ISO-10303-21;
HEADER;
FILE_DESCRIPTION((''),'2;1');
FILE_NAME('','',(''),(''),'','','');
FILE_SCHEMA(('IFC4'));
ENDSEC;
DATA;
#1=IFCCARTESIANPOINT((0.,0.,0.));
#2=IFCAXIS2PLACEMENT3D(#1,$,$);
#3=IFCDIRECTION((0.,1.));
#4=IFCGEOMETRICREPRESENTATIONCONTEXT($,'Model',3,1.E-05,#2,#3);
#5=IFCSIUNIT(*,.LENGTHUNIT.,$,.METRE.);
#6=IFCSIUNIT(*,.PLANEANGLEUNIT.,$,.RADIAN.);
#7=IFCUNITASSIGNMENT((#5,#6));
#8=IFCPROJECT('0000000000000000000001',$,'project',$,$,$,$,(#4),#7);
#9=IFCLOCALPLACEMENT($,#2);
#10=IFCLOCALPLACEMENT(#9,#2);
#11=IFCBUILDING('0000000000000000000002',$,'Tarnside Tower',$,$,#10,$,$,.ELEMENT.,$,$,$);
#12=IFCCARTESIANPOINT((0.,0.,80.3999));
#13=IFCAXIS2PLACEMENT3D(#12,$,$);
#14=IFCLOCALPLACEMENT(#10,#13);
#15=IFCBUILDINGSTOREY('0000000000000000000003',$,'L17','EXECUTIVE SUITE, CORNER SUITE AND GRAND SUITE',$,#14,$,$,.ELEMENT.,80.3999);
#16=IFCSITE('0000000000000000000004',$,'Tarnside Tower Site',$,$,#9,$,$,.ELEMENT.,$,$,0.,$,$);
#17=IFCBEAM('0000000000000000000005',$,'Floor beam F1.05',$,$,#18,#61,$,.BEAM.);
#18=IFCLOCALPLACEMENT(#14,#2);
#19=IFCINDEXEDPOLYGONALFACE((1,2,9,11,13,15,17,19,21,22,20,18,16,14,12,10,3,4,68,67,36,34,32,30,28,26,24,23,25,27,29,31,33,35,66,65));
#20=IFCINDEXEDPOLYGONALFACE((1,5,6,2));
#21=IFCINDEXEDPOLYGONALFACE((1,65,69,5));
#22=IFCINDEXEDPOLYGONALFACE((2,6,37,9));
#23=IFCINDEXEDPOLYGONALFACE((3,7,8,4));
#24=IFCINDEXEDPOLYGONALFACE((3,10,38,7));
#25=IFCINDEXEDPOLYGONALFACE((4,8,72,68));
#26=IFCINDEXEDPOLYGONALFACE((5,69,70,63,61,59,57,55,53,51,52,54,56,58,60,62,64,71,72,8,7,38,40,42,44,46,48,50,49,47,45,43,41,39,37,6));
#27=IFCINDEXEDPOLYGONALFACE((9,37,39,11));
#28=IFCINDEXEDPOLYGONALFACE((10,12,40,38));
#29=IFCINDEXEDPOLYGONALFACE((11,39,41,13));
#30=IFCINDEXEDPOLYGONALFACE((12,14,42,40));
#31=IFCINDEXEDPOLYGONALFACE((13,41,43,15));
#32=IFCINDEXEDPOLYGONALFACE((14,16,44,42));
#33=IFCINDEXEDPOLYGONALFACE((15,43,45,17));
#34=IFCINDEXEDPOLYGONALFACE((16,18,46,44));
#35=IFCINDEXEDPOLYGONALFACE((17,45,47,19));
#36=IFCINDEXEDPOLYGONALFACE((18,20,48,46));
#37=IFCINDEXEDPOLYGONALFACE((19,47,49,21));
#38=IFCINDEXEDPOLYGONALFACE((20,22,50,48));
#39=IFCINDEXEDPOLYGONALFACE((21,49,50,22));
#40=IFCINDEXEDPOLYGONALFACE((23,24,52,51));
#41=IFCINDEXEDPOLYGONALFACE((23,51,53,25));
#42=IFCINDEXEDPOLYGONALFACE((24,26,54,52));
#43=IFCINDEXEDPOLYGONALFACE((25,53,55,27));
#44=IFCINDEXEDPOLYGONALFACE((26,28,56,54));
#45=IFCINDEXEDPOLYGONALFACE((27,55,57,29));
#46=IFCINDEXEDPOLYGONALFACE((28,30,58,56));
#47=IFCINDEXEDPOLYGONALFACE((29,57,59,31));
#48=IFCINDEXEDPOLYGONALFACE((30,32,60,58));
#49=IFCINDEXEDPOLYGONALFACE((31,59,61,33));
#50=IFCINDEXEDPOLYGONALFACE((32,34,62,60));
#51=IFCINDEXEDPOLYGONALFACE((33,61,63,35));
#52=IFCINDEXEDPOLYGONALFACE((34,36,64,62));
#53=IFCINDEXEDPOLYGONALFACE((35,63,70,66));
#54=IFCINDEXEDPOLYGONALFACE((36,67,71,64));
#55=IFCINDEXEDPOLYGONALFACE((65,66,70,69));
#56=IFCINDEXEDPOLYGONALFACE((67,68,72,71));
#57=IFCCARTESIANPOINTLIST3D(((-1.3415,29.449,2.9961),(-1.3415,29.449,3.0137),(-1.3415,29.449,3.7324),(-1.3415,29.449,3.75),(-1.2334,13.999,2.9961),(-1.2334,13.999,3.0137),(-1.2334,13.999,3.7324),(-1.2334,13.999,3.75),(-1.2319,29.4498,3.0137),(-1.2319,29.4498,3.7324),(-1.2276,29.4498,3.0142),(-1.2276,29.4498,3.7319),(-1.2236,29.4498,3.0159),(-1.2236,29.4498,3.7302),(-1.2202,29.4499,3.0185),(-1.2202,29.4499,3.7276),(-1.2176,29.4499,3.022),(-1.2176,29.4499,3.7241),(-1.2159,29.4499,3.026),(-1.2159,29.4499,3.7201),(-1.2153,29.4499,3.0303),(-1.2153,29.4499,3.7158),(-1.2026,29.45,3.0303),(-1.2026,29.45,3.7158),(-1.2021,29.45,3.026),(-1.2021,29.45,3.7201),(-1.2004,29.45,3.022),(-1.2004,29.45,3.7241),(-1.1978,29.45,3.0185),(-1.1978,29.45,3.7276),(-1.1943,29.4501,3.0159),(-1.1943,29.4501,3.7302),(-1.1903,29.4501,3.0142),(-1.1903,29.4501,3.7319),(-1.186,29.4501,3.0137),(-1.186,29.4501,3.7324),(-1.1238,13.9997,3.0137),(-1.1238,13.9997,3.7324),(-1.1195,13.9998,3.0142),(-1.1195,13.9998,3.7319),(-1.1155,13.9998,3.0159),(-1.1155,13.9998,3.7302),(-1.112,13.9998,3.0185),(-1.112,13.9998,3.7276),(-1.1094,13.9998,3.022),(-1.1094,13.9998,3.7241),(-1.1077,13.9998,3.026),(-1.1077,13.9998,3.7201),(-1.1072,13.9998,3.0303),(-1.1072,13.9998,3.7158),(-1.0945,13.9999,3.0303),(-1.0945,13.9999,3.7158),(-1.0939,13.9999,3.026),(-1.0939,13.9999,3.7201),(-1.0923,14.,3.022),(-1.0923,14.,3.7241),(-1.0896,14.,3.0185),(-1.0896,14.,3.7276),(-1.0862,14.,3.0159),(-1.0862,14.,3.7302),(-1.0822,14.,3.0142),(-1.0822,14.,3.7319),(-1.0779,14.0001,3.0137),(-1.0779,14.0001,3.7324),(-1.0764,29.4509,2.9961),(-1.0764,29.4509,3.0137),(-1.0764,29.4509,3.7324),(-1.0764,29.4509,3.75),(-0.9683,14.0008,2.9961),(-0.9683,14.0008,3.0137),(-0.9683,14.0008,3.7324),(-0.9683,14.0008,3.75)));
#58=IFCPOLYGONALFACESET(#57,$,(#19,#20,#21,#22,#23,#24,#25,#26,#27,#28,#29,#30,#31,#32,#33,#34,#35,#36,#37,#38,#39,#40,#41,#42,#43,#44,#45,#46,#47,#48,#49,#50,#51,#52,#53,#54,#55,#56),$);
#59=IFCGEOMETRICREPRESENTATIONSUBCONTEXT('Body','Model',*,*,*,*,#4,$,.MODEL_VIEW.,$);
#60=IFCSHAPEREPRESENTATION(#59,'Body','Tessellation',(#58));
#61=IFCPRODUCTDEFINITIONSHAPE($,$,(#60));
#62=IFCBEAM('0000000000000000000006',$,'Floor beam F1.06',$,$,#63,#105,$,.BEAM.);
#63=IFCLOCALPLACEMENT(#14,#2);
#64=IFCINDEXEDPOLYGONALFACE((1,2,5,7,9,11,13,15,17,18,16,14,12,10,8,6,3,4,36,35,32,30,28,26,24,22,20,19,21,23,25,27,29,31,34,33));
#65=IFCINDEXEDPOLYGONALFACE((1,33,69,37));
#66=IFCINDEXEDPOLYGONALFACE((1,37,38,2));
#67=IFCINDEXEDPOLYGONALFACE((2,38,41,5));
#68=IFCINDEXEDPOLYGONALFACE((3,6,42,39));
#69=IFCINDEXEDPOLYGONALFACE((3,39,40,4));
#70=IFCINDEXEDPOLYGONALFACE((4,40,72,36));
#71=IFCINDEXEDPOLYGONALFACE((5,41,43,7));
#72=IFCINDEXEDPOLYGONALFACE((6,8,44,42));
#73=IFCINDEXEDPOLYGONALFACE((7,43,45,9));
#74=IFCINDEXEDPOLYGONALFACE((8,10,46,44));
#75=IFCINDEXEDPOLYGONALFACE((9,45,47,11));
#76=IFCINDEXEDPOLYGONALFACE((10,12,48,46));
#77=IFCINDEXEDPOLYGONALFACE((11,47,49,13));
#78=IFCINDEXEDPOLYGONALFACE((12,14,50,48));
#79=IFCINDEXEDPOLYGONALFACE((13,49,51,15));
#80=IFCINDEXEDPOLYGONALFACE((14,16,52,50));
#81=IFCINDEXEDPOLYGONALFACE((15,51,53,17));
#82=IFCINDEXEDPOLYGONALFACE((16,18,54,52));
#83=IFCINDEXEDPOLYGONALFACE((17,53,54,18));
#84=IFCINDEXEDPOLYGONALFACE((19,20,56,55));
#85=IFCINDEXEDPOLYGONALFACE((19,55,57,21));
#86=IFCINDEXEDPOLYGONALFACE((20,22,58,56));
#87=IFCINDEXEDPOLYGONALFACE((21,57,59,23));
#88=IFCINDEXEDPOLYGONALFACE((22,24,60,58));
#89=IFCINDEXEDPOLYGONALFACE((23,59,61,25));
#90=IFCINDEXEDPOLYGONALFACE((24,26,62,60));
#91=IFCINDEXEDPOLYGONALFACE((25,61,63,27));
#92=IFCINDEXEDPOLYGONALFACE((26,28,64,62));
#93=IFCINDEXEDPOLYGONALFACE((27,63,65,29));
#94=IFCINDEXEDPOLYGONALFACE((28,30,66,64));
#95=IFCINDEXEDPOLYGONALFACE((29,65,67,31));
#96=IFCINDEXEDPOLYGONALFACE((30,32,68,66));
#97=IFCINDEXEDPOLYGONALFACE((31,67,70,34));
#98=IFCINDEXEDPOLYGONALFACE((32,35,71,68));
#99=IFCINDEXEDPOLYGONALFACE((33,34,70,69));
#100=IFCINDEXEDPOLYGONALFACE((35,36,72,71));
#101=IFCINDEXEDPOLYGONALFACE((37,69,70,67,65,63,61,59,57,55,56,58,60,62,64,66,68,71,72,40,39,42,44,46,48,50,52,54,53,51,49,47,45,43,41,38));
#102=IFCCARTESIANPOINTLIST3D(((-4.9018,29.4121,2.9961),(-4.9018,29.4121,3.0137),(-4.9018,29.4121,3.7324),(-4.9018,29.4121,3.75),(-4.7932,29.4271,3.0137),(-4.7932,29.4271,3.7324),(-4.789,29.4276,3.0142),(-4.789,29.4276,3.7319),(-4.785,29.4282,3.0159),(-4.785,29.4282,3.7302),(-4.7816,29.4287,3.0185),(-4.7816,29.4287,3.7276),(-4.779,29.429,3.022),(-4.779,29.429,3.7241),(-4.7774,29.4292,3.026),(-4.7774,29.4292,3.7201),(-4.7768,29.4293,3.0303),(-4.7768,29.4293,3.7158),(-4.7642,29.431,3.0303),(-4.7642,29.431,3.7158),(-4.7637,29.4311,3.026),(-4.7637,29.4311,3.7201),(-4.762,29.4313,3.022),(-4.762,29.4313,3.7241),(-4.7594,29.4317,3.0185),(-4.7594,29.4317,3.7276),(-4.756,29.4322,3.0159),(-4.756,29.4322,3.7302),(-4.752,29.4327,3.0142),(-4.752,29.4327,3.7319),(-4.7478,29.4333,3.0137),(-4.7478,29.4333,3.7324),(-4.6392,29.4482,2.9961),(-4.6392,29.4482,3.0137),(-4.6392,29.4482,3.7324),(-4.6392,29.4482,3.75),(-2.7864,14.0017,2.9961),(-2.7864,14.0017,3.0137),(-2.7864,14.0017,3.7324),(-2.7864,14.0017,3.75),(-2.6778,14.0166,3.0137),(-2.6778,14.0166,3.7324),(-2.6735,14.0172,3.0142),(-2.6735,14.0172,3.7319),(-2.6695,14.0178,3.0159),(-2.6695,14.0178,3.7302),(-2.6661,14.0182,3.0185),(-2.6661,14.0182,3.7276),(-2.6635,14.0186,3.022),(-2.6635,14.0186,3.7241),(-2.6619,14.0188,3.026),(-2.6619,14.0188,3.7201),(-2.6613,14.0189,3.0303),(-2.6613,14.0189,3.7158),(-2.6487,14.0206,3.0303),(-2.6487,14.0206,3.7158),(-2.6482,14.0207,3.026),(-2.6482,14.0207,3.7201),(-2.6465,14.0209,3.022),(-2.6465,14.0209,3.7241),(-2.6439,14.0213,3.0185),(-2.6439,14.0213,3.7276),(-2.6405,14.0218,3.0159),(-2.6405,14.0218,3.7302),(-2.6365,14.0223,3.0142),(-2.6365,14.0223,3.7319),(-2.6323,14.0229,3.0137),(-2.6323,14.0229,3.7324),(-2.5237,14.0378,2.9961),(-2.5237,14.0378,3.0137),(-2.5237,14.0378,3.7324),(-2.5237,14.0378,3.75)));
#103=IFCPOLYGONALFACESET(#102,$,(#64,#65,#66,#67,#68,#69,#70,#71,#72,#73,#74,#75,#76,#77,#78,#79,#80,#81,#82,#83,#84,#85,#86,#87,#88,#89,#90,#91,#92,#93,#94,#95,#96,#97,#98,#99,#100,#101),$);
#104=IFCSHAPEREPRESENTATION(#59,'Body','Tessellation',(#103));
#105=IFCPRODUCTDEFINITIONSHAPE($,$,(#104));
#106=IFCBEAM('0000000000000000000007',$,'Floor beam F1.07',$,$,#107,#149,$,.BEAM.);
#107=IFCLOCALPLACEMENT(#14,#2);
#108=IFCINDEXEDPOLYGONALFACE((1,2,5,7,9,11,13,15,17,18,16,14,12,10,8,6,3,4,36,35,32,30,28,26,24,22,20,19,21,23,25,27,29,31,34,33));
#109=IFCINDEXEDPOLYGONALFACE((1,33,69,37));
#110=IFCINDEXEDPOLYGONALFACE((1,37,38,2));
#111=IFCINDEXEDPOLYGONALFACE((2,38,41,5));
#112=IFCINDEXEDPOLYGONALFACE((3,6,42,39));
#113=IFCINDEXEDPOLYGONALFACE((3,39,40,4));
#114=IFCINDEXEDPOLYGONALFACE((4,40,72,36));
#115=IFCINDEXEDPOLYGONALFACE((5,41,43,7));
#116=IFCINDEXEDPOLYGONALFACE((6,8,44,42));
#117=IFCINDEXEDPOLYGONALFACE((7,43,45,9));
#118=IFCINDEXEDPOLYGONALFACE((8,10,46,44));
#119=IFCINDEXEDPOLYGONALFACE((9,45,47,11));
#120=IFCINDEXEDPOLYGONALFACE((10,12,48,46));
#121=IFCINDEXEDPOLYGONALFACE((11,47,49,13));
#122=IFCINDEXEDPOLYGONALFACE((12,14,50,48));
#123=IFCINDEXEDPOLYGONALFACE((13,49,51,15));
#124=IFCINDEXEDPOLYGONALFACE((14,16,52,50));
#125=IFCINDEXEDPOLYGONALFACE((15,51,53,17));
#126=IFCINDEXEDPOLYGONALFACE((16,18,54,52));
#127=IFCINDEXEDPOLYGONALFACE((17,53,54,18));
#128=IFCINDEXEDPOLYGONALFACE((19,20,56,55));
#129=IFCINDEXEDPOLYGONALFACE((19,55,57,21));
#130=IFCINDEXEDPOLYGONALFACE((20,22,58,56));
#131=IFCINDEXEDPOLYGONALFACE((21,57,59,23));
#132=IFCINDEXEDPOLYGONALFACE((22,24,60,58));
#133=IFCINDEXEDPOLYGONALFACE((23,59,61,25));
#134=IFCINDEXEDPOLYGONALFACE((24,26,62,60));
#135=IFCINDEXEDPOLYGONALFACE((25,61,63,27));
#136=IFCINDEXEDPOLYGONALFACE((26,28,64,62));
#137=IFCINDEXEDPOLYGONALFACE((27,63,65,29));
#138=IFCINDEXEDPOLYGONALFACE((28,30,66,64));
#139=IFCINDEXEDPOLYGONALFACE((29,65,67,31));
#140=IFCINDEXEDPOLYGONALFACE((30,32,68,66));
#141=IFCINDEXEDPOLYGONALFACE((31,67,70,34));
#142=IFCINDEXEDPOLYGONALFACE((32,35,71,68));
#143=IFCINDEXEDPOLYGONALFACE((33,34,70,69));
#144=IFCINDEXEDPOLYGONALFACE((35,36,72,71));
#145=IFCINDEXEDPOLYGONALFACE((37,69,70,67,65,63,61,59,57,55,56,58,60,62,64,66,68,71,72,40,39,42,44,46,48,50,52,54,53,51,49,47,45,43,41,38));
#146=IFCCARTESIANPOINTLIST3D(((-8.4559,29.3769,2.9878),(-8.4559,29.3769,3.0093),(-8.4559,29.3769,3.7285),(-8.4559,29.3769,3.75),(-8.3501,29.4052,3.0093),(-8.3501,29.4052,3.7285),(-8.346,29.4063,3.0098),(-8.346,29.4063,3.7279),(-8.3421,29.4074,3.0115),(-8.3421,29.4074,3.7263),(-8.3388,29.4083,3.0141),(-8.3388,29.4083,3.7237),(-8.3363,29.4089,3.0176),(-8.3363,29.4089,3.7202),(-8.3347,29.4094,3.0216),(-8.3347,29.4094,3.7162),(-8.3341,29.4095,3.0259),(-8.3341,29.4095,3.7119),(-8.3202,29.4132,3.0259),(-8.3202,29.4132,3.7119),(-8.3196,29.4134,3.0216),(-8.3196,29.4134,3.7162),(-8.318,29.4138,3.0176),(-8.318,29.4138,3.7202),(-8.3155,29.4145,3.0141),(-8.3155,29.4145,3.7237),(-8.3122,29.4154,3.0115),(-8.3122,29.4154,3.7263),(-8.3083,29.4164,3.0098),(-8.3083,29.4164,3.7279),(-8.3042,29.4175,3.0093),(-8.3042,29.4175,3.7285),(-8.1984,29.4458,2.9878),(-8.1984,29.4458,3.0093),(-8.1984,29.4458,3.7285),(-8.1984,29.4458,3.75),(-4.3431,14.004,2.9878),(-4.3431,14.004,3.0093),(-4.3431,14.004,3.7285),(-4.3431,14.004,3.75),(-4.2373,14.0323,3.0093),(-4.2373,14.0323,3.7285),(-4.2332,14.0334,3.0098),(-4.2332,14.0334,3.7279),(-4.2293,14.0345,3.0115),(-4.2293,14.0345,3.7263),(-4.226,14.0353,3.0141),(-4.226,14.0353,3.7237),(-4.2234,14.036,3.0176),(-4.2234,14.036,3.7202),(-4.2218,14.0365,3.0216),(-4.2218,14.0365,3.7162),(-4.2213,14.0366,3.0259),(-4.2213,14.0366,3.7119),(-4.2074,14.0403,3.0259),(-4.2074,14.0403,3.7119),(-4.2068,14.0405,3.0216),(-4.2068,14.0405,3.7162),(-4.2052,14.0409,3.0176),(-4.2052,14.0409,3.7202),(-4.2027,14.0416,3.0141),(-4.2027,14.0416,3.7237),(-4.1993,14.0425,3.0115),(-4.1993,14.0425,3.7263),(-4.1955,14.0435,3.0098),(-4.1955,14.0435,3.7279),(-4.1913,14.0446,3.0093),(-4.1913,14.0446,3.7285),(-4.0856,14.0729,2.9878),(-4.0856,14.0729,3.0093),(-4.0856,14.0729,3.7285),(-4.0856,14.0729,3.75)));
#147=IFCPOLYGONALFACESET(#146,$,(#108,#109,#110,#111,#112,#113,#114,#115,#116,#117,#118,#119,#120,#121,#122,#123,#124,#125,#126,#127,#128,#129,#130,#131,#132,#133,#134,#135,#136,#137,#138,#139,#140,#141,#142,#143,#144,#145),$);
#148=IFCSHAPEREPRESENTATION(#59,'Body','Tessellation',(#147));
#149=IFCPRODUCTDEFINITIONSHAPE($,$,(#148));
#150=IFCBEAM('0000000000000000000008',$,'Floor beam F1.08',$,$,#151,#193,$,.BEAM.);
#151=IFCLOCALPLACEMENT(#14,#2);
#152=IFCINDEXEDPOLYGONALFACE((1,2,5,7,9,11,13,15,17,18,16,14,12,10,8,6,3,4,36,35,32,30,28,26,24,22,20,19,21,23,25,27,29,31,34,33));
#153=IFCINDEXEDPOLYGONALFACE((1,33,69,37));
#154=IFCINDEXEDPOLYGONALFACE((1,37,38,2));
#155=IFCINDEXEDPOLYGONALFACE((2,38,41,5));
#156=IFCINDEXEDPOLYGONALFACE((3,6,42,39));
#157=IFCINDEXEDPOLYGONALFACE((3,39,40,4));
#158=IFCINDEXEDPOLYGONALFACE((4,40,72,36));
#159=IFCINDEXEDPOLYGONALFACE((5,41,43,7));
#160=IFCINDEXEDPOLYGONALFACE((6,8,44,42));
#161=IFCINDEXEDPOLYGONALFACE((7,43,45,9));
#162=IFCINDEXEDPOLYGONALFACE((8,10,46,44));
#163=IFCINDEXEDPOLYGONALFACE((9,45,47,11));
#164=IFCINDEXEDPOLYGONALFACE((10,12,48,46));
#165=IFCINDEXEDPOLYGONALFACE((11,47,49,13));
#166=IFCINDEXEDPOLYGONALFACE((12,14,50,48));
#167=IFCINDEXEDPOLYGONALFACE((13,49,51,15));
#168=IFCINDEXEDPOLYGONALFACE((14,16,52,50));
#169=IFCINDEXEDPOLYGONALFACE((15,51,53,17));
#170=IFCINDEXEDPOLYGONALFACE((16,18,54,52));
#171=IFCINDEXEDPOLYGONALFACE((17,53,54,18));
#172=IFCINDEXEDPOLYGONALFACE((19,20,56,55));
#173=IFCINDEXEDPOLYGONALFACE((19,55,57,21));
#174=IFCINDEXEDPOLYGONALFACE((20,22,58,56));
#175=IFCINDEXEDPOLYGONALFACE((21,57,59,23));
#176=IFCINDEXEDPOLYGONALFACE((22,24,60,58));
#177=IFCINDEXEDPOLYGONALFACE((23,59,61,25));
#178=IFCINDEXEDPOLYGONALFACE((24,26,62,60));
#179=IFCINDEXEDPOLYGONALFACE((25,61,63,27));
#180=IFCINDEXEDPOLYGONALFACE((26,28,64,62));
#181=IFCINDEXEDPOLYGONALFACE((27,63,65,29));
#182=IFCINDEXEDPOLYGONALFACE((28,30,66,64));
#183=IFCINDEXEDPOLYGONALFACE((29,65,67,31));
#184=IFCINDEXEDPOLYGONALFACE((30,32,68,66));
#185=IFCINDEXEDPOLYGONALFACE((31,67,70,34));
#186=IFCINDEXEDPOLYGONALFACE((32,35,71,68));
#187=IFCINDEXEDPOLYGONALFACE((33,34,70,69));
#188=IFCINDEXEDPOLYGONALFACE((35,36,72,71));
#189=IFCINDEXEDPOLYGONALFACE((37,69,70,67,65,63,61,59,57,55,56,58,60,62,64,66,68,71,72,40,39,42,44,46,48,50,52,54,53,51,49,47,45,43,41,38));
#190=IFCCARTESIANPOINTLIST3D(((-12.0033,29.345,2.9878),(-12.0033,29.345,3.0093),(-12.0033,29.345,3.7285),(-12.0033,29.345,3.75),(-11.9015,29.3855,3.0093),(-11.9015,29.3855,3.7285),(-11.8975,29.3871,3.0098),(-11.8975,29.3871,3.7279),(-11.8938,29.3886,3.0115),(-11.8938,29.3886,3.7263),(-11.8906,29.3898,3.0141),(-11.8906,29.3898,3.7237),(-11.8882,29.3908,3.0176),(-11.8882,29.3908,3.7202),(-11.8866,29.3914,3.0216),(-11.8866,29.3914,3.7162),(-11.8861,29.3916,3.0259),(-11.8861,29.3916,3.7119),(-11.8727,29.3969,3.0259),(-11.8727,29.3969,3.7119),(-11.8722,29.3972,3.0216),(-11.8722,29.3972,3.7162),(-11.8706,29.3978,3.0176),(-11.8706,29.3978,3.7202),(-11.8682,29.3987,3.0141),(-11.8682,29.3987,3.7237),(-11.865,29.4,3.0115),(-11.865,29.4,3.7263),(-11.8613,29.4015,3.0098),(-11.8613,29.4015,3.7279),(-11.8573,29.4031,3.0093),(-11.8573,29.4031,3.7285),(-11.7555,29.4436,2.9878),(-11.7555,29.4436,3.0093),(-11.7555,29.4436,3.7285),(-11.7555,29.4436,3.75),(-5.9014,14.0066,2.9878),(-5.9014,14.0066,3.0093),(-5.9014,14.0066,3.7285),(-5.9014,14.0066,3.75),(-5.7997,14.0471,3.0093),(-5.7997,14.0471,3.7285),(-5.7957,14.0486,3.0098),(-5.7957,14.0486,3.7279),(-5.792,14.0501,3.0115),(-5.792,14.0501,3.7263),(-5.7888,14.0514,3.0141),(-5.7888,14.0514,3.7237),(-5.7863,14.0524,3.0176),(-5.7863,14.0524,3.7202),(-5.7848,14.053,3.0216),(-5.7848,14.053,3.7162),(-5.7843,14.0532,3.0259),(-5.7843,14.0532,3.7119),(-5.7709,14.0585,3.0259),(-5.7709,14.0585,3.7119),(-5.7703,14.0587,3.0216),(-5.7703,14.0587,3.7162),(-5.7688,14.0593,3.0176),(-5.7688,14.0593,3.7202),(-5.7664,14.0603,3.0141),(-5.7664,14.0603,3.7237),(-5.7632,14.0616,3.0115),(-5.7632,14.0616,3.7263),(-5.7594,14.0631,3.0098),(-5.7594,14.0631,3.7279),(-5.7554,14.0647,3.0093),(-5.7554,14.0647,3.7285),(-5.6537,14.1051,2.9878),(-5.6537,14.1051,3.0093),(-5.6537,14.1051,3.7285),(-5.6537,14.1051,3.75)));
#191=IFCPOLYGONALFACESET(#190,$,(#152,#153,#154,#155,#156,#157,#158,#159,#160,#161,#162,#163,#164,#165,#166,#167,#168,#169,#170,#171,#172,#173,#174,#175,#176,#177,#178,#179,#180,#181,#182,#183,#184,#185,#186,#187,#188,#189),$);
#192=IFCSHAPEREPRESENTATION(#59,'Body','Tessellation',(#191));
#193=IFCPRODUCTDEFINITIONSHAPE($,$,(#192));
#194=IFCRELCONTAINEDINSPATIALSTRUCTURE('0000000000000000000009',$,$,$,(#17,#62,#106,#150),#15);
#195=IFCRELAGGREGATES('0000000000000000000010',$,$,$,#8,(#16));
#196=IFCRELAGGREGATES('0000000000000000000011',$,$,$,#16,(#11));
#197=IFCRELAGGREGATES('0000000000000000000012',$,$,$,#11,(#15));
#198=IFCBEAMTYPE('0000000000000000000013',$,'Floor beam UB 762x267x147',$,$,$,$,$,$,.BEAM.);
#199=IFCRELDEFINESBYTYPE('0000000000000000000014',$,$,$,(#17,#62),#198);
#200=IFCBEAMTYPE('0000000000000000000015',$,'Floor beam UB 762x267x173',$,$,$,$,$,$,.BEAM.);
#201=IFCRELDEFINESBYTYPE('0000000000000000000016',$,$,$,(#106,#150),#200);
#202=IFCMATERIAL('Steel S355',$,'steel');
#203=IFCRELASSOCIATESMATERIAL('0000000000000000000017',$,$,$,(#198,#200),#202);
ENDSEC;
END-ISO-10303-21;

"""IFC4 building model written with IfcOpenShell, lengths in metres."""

from ifc_helpers import new_model, si_unit, direction, frame, origin, origin_2d, place, context, subcontext, project, spatial, i_section, extrude, material, material_profile, profile_set, type_object, element, save


model = new_model("IFC4")

# Units and contexts
model_context = context("Model", 3, precision=1e-05, world=origin(), true_north=direction((0.0, 1.0)))
body_context = subcontext(model_context, "Body", "Model", "MODEL_VIEW")
ifc_project = project(units=[si_unit("LENGTHUNIT", "METRE"), si_unit("PLANEANGLEUNIT", "RADIAN")], contexts=[model_context])

# Site, building, storey
site_placement = place(None, origin())
site = spatial("IfcSite", under=ifc_project, at=site_placement, Name="Tarnside Tower Site", CompositionType="ELEMENT", RefElevation=0.0)
building_placement = place(site_placement, origin())
building = spatial("IfcBuilding", under=site, at=building_placement, Name="Tarnside Tower", CompositionType="ELEMENT")
storey_placement = place(building_placement, frame((0.0, 0.0, 80.3999)))
storey = spatial("IfcBuildingStorey", under=building, at=storey_placement, Name="L17", Description="EXECUTIVE SUITE, CORNER SUITE AND GRAND SUITE", CompositionType="ELEMENT", Elevation=80.3999)

# Beams
ifc_material_1 = material(Name="Steel S355", Category="steel")
ifc_material_profile_1 = material_profile(ifc_material_1, i_section(OverallWidth=0.2651, OverallDepth=0.7539, WebThickness=0.0127, FlangeThickness=0.0176, FilletRadius=0.0166, at=origin_2d()), Name="UB 762x267x147")
ifc_profile_set_1 = profile_set([ifc_material_profile_1], Name="Steel S355")
beam_type_1 = type_object("IfcBeamType", Name="Floor beam UB 762x267x147", PredefinedType="BEAM", material=ifc_profile_set_1)
beam_1_placement = place(storey_placement, frame((-1.209, 29.45, 3.373), z_axis=(0.007, -0.999975, 0.0), x_axis=(0.999975, 0.007, 0.0)))
element("IfcBeam", 1, at=beam_1_placement, inside=storey, type_object=beam_type_1, Name="Floor beam F1.05", PredefinedType="BEAM", context=body_context, shape_type="SweptSolid", body=[
    extrude(i_section(OverallWidth=0.2651, OverallDepth=0.7539, WebThickness=0.0127, FlangeThickness=0.0176, FilletRadius=0.0166, at=origin_2d()), origin(), (0.0, 0.0, 1.0), 15.4504),
])
beam_2_placement = place(storey_placement, frame((-4.7705, 29.4302, 3.373), z_axis=(0.136001, -0.990709, 0.0), x_axis=(0.990709, 0.136001, 0.0)))
element("IfcBeam", 2, at=beam_2_placement, inside=storey, type_object=beam_type_1, Name="Floor beam F1.06", PredefinedType="BEAM", context=body_context, shape_type="SweptSolid", body=[
    extrude(i_section(OverallWidth=0.2651, OverallDepth=0.7539, WebThickness=0.0127, FlangeThickness=0.0176, FilletRadius=0.0166, at=origin_2d()), origin(), (0.0, 0.0, 1.0), 15.5549),
])
ifc_material_profile_2 = material_profile(ifc_material_1, i_section(OverallWidth=0.2666, OverallDepth=0.7622, WebThickness=0.0144, FlangeThickness=0.0215, FilletRadius=0.0166, at=origin_2d()), Name="UB 762x267x173")
ifc_profile_set_2 = profile_set([ifc_material_profile_2], Name="Steel S355")
beam_type_2 = type_object("IfcBeamType", Name="Floor beam UB 762x267x173", PredefinedType="BEAM", material=ifc_profile_set_2)
beam_3_placement = place(storey_placement, frame((-8.3271, 29.4114, 3.3689), z_axis=(0.258447, -0.966025, 0.0), x_axis=(0.966025, 0.258447, 0.0)))
element("IfcBeam", 3, at=beam_3_placement, inside=storey, type_object=beam_type_2, Name="Floor beam F1.07", PredefinedType="BEAM", context=body_context, shape_type="SweptSolid", body=[
    extrude(i_section(OverallWidth=0.2666, OverallDepth=0.7622, WebThickness=0.0144, FlangeThickness=0.0215, FilletRadius=0.0166, at=origin_2d()), origin(), (0.0, 0.0, 1.0), 15.9136),
])
beam_4_placement = place(storey_placement, frame((-11.8794, 29.3943, 3.3689), z_axis=(0.369638, -0.929176, 0.0), x_axis=(0.929176, 0.369638, 0.0)))
element("IfcBeam", 4, at=beam_4_placement, inside=storey, type_object=beam_type_2, Name="Floor beam F1.08", PredefinedType="BEAM", context=body_context, shape_type="SweptSolid", body=[
    extrude(i_section(OverallWidth=0.2666, OverallDepth=0.7622, WebThickness=0.0144, FlangeThickness=0.0215, FilletRadius=0.0166, at=origin_2d()), origin(), (0.0, 0.0, 1.0), 16.5076),
])

save(model, "model.ifc")
